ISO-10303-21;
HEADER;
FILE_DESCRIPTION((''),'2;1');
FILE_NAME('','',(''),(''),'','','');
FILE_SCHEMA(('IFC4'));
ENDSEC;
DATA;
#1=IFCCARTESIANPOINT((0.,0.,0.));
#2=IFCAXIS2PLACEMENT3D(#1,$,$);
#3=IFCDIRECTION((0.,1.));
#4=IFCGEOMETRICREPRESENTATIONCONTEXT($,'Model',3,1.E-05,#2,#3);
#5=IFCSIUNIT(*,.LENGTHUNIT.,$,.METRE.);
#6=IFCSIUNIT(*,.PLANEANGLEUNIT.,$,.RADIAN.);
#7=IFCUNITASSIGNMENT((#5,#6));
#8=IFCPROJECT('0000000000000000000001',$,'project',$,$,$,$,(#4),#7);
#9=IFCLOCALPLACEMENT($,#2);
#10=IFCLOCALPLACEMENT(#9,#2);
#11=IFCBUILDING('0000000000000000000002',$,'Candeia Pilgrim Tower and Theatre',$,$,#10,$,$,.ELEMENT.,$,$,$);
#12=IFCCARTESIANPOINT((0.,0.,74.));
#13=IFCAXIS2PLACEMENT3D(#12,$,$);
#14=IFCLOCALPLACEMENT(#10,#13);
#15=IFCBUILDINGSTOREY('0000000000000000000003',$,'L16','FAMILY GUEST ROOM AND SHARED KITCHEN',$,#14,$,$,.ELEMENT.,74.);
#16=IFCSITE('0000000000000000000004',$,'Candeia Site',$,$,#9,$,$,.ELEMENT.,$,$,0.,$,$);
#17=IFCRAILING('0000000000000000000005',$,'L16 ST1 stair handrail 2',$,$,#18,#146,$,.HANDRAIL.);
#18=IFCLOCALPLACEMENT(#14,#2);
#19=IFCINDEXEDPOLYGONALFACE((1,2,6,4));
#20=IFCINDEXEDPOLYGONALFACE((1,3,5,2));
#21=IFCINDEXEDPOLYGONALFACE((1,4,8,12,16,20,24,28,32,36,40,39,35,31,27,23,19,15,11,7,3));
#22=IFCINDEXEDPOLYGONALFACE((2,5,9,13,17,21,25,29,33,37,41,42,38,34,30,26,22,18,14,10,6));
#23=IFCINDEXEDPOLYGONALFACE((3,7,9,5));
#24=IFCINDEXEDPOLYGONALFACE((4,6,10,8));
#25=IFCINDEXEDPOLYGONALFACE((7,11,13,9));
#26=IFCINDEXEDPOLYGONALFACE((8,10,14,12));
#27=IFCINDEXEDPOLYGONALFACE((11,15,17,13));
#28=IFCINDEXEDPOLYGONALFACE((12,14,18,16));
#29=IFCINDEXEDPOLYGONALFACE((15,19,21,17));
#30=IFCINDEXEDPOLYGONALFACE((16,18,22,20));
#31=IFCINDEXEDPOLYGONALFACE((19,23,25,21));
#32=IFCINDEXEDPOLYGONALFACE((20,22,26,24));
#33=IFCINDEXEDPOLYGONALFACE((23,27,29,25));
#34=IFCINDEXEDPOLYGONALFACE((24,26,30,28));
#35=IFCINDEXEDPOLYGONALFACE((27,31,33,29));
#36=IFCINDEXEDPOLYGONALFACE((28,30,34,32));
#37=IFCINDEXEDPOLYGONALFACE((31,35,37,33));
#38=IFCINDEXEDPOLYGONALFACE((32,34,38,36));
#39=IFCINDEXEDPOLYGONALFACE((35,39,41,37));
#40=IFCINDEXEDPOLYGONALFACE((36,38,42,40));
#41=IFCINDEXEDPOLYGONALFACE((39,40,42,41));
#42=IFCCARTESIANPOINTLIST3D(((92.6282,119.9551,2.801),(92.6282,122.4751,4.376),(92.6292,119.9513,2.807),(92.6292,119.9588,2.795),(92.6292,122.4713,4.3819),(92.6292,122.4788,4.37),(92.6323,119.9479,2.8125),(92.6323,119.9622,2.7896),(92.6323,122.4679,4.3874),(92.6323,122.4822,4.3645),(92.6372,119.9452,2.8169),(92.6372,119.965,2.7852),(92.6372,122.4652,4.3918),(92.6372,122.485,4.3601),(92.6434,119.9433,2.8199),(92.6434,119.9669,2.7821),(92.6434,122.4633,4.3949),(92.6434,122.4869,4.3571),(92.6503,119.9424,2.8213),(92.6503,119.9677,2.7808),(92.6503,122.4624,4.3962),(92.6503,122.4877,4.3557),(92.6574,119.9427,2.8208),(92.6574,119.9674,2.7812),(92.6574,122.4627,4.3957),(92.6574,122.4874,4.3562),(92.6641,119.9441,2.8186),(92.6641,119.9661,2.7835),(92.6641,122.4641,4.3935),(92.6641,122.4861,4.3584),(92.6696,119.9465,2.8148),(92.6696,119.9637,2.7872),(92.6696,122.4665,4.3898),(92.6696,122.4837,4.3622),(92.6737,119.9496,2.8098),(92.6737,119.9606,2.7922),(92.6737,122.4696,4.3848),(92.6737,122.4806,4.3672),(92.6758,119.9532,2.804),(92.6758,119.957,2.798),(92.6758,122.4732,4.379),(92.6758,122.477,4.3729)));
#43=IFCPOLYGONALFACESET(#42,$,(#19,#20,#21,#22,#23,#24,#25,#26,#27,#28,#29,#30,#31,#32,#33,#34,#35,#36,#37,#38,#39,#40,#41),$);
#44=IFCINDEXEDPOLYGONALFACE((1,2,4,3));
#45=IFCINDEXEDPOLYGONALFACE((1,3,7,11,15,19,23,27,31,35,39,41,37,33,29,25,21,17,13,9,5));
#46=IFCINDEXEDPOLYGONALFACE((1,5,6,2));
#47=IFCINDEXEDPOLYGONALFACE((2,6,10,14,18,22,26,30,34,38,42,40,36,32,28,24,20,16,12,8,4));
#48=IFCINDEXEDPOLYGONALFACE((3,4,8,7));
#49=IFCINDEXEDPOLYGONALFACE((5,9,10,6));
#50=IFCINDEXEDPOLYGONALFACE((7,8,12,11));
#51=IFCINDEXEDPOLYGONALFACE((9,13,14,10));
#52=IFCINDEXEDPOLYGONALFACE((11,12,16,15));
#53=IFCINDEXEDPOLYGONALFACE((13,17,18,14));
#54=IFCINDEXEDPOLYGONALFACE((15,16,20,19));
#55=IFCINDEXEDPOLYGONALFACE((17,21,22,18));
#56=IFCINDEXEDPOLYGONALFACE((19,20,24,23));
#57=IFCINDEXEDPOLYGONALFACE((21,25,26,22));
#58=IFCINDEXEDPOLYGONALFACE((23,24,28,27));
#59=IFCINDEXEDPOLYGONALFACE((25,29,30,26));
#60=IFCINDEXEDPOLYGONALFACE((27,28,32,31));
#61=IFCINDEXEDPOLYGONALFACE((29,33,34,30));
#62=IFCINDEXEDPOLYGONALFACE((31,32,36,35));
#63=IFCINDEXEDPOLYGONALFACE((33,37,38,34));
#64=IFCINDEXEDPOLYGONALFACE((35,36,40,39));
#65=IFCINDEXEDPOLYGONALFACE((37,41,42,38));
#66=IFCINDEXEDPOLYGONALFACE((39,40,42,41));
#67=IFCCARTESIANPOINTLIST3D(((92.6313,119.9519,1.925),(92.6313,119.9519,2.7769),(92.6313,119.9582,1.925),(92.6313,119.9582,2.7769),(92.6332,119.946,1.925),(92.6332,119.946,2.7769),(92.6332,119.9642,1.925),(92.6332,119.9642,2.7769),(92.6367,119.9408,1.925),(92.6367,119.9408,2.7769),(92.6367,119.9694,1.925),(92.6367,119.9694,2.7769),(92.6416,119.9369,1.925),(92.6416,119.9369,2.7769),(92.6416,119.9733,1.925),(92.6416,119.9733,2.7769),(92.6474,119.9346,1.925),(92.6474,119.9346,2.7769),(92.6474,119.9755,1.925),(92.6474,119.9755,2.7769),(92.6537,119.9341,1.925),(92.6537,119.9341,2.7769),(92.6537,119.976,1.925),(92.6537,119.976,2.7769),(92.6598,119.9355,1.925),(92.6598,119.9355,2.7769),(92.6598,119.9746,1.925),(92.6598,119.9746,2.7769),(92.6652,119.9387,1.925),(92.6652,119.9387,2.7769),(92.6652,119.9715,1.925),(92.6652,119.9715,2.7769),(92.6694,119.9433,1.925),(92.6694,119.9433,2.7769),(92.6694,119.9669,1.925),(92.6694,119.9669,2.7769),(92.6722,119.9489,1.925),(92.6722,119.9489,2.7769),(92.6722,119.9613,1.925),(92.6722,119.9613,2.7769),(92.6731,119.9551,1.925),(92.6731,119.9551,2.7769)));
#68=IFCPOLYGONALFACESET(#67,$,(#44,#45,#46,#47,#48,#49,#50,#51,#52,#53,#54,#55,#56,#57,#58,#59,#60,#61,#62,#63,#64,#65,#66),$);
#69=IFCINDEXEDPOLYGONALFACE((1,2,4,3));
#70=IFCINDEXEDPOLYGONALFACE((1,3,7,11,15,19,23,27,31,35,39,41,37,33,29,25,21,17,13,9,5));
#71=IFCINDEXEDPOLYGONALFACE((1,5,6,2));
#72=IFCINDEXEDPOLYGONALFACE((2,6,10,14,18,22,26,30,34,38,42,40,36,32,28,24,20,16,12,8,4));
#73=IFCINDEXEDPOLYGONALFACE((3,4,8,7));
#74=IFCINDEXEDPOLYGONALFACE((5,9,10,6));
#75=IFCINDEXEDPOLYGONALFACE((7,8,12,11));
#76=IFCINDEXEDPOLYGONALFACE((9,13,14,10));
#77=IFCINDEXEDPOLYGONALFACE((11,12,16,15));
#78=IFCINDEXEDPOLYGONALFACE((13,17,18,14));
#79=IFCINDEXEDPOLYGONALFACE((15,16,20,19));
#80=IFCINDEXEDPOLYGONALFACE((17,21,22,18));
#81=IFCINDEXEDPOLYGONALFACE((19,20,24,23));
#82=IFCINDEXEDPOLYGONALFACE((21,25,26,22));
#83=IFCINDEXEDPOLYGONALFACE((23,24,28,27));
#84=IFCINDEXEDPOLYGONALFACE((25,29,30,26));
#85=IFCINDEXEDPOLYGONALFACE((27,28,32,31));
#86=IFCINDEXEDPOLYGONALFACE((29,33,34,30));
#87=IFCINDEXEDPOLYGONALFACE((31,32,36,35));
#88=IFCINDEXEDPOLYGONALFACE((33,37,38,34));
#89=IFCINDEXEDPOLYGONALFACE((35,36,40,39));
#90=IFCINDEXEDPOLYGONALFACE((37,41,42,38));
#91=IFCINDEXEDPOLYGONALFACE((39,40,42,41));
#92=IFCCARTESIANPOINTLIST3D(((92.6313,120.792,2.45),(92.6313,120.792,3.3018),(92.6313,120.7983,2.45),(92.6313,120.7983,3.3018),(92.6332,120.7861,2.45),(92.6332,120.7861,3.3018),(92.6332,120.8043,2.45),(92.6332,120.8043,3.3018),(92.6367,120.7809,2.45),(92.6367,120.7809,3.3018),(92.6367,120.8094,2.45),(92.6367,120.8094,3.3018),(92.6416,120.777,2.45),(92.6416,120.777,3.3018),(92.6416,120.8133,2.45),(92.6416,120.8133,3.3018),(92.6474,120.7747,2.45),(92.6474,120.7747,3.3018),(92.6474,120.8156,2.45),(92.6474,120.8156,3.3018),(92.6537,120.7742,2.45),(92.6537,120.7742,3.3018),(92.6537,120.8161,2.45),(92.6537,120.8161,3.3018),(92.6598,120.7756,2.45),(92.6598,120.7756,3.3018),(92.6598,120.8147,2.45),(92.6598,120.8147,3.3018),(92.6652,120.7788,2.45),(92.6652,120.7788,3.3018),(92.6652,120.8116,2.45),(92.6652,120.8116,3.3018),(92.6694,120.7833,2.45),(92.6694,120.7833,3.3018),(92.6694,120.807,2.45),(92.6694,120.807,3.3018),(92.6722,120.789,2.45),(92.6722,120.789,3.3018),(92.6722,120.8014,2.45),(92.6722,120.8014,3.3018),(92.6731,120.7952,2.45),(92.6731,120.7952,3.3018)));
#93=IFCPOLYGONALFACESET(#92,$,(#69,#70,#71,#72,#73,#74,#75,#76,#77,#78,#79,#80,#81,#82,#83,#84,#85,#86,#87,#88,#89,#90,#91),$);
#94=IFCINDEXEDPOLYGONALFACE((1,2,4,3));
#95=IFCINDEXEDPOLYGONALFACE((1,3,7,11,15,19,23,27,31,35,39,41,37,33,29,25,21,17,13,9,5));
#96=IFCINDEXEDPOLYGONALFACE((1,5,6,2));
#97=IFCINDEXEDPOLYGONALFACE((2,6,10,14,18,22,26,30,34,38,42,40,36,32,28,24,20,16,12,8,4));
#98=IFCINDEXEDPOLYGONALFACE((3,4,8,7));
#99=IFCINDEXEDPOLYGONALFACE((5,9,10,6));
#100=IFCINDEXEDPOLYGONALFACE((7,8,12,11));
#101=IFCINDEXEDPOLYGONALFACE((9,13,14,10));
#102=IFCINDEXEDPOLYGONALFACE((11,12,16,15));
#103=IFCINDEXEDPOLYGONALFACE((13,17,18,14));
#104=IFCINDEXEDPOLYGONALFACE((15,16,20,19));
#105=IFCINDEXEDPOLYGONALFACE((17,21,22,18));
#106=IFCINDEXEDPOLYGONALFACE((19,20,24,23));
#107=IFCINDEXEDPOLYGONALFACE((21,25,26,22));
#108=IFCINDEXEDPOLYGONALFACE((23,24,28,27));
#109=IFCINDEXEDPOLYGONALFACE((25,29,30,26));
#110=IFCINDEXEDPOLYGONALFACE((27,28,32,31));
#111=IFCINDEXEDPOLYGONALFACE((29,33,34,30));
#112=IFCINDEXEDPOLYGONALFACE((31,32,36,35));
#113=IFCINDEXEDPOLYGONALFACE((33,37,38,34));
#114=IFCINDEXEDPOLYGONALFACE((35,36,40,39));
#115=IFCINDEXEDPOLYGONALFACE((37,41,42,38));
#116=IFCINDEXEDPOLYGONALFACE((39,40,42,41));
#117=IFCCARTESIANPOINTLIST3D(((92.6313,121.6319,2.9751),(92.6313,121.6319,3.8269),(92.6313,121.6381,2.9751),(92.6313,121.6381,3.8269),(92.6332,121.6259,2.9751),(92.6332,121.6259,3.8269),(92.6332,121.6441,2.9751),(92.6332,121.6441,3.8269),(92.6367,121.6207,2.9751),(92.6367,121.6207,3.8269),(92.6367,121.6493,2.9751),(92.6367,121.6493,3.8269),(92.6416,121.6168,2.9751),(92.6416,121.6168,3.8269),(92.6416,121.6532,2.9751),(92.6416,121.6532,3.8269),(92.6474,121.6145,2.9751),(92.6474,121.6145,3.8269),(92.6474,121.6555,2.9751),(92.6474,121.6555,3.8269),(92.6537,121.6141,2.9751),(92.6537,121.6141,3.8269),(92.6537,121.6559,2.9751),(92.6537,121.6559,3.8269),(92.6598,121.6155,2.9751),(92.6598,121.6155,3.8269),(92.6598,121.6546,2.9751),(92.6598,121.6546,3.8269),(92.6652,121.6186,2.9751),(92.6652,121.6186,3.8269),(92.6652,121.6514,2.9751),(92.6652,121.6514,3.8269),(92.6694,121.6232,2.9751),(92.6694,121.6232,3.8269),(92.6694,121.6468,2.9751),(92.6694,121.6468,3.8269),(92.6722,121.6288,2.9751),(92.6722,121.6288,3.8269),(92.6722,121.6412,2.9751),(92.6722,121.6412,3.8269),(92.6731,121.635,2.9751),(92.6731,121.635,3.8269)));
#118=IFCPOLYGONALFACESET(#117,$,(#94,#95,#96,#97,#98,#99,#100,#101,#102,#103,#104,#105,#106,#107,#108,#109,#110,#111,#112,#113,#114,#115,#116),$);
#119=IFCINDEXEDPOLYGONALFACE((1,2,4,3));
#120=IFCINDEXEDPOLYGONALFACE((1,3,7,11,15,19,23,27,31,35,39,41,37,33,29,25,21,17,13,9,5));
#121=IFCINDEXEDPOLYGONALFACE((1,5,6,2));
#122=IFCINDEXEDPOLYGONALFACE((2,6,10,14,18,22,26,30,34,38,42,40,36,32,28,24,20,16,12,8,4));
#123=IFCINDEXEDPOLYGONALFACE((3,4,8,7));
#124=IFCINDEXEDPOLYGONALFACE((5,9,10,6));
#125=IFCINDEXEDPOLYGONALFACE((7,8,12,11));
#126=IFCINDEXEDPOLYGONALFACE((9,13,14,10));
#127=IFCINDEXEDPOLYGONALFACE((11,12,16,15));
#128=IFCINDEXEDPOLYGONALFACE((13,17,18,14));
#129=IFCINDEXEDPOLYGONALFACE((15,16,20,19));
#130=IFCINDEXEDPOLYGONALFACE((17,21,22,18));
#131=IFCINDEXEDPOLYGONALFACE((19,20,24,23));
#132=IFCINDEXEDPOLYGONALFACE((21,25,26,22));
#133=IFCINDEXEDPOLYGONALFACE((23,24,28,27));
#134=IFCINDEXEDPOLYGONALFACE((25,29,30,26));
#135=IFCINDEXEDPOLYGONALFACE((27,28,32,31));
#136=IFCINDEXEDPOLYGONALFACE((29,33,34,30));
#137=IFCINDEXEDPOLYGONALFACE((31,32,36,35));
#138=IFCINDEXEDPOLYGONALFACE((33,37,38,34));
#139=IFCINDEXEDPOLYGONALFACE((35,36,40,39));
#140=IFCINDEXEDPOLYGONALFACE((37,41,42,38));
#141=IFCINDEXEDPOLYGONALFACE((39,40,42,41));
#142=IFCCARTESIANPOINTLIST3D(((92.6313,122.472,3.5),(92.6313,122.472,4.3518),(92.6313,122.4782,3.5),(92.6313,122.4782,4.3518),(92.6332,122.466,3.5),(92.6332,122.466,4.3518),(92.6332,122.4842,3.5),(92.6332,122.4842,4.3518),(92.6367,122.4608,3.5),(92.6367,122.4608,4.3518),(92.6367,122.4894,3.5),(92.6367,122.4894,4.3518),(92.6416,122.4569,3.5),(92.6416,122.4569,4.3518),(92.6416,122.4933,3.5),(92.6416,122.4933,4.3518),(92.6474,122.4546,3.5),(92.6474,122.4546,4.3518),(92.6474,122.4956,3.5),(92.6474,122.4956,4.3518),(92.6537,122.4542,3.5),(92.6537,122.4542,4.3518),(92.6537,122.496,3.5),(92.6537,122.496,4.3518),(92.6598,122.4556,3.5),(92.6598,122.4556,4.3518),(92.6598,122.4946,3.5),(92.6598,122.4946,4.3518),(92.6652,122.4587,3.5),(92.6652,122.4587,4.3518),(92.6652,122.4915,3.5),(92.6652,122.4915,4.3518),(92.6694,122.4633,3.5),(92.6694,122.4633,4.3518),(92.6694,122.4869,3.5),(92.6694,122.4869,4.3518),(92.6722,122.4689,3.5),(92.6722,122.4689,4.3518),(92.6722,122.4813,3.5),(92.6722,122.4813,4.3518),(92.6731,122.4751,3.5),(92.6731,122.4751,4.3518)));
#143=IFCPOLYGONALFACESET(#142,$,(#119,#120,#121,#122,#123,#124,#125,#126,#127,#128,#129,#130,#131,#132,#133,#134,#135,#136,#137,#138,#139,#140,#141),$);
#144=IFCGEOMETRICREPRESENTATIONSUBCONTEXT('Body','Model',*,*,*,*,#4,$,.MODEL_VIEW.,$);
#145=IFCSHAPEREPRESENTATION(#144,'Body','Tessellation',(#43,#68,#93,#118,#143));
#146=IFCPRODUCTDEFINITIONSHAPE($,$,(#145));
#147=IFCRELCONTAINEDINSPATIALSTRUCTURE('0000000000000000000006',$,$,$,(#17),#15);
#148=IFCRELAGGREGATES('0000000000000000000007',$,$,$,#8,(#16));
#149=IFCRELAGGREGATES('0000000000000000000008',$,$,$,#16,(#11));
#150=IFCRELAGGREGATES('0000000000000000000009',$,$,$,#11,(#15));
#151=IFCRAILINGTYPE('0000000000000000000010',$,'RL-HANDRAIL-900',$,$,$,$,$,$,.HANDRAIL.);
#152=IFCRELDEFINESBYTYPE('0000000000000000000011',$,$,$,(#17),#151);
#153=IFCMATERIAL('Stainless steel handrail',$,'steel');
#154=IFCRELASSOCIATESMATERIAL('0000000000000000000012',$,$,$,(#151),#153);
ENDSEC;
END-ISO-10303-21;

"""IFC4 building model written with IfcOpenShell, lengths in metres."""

from ifc_helpers import new_model, si_unit, direction, frame, origin, origin_2d, place, context, subcontext, project, spatial, circle, extrude, material, type_object, element, save


model = new_model("IFC4")

# Units and contexts
model_context = context("Model", 3, precision=1e-05, world=origin(), true_north=direction((0.0, 1.0)))
body_context = subcontext(model_context, "Body", "Model", "MODEL_VIEW")
ifc_project = project(units=[si_unit("LENGTHUNIT", "METRE"), si_unit("PLANEANGLEUNIT", "RADIAN")], contexts=[model_context])

# Site, building, storey
site_placement = place(None, origin())
site = spatial("IfcSite", under=ifc_project, at=site_placement, Name="Candeia Site", CompositionType="ELEMENT", RefElevation=0.0)
building_placement = place(site_placement, origin())
building = spatial("IfcBuilding", under=site, at=building_placement, Name="Candeia Pilgrim Tower and Theatre", CompositionType="ELEMENT")
storey_placement = place(building_placement, frame((0.0, 0.0, 74.0)))
storey = spatial("IfcBuildingStorey", under=building, at=storey_placement, Name="L16", Description="FAMILY GUEST ROOM AND SHARED KITCHEN", CompositionType="ELEMENT", Elevation=74.0)

# Railing
ifc_material_1 = material(Name="Stainless steel handrail", Category="steel")
railing_type = type_object("IfcRailingType", Name="RL-HANDRAIL-900", PredefinedType="HANDRAIL", material=ifc_material_1)
for number, where, name in (
    (1, (92.6521, 119.9551, 1.925), "L16 ST1 stair handrail 2"),
):
    element("IfcRailing", number, at=place(storey_placement, frame(where)), inside=storey, type_object=railing_type, Name=name, PredefinedType="HANDRAIL", context=body_context, shape_type="SweptSolid", body=[
        extrude(circle(Radius=0.0239, at=origin_2d()), frame((0.0, 0.0, 0.876), z_axis=(0.0, 0.848008, 0.529984), x_axis=(-1.0, 0.0, 0.0)), (0.0, 0.0, 1.0), 2.9717),
        extrude(circle(Radius=0.021, at=origin_2d()), origin(), (0.0, 0.0, 1.0), 0.8518),
        extrude(circle(Radius=0.021, at=origin_2d()), frame((0.0, 0.8401, 0.5249)), (0.0, 0.0, 1.0), 0.8518),
        extrude(circle(Radius=0.021, at=origin_2d()), frame((0.0, 1.6799, 1.05)), (0.0, 0.0, 1.0), 0.8518),
        extrude(circle(Radius=0.021, at=origin_2d()), frame((0.0, 2.52, 1.575)), (0.0, 0.0, 1.0), 0.8518),
    ])

save(model, "model.ifc")
